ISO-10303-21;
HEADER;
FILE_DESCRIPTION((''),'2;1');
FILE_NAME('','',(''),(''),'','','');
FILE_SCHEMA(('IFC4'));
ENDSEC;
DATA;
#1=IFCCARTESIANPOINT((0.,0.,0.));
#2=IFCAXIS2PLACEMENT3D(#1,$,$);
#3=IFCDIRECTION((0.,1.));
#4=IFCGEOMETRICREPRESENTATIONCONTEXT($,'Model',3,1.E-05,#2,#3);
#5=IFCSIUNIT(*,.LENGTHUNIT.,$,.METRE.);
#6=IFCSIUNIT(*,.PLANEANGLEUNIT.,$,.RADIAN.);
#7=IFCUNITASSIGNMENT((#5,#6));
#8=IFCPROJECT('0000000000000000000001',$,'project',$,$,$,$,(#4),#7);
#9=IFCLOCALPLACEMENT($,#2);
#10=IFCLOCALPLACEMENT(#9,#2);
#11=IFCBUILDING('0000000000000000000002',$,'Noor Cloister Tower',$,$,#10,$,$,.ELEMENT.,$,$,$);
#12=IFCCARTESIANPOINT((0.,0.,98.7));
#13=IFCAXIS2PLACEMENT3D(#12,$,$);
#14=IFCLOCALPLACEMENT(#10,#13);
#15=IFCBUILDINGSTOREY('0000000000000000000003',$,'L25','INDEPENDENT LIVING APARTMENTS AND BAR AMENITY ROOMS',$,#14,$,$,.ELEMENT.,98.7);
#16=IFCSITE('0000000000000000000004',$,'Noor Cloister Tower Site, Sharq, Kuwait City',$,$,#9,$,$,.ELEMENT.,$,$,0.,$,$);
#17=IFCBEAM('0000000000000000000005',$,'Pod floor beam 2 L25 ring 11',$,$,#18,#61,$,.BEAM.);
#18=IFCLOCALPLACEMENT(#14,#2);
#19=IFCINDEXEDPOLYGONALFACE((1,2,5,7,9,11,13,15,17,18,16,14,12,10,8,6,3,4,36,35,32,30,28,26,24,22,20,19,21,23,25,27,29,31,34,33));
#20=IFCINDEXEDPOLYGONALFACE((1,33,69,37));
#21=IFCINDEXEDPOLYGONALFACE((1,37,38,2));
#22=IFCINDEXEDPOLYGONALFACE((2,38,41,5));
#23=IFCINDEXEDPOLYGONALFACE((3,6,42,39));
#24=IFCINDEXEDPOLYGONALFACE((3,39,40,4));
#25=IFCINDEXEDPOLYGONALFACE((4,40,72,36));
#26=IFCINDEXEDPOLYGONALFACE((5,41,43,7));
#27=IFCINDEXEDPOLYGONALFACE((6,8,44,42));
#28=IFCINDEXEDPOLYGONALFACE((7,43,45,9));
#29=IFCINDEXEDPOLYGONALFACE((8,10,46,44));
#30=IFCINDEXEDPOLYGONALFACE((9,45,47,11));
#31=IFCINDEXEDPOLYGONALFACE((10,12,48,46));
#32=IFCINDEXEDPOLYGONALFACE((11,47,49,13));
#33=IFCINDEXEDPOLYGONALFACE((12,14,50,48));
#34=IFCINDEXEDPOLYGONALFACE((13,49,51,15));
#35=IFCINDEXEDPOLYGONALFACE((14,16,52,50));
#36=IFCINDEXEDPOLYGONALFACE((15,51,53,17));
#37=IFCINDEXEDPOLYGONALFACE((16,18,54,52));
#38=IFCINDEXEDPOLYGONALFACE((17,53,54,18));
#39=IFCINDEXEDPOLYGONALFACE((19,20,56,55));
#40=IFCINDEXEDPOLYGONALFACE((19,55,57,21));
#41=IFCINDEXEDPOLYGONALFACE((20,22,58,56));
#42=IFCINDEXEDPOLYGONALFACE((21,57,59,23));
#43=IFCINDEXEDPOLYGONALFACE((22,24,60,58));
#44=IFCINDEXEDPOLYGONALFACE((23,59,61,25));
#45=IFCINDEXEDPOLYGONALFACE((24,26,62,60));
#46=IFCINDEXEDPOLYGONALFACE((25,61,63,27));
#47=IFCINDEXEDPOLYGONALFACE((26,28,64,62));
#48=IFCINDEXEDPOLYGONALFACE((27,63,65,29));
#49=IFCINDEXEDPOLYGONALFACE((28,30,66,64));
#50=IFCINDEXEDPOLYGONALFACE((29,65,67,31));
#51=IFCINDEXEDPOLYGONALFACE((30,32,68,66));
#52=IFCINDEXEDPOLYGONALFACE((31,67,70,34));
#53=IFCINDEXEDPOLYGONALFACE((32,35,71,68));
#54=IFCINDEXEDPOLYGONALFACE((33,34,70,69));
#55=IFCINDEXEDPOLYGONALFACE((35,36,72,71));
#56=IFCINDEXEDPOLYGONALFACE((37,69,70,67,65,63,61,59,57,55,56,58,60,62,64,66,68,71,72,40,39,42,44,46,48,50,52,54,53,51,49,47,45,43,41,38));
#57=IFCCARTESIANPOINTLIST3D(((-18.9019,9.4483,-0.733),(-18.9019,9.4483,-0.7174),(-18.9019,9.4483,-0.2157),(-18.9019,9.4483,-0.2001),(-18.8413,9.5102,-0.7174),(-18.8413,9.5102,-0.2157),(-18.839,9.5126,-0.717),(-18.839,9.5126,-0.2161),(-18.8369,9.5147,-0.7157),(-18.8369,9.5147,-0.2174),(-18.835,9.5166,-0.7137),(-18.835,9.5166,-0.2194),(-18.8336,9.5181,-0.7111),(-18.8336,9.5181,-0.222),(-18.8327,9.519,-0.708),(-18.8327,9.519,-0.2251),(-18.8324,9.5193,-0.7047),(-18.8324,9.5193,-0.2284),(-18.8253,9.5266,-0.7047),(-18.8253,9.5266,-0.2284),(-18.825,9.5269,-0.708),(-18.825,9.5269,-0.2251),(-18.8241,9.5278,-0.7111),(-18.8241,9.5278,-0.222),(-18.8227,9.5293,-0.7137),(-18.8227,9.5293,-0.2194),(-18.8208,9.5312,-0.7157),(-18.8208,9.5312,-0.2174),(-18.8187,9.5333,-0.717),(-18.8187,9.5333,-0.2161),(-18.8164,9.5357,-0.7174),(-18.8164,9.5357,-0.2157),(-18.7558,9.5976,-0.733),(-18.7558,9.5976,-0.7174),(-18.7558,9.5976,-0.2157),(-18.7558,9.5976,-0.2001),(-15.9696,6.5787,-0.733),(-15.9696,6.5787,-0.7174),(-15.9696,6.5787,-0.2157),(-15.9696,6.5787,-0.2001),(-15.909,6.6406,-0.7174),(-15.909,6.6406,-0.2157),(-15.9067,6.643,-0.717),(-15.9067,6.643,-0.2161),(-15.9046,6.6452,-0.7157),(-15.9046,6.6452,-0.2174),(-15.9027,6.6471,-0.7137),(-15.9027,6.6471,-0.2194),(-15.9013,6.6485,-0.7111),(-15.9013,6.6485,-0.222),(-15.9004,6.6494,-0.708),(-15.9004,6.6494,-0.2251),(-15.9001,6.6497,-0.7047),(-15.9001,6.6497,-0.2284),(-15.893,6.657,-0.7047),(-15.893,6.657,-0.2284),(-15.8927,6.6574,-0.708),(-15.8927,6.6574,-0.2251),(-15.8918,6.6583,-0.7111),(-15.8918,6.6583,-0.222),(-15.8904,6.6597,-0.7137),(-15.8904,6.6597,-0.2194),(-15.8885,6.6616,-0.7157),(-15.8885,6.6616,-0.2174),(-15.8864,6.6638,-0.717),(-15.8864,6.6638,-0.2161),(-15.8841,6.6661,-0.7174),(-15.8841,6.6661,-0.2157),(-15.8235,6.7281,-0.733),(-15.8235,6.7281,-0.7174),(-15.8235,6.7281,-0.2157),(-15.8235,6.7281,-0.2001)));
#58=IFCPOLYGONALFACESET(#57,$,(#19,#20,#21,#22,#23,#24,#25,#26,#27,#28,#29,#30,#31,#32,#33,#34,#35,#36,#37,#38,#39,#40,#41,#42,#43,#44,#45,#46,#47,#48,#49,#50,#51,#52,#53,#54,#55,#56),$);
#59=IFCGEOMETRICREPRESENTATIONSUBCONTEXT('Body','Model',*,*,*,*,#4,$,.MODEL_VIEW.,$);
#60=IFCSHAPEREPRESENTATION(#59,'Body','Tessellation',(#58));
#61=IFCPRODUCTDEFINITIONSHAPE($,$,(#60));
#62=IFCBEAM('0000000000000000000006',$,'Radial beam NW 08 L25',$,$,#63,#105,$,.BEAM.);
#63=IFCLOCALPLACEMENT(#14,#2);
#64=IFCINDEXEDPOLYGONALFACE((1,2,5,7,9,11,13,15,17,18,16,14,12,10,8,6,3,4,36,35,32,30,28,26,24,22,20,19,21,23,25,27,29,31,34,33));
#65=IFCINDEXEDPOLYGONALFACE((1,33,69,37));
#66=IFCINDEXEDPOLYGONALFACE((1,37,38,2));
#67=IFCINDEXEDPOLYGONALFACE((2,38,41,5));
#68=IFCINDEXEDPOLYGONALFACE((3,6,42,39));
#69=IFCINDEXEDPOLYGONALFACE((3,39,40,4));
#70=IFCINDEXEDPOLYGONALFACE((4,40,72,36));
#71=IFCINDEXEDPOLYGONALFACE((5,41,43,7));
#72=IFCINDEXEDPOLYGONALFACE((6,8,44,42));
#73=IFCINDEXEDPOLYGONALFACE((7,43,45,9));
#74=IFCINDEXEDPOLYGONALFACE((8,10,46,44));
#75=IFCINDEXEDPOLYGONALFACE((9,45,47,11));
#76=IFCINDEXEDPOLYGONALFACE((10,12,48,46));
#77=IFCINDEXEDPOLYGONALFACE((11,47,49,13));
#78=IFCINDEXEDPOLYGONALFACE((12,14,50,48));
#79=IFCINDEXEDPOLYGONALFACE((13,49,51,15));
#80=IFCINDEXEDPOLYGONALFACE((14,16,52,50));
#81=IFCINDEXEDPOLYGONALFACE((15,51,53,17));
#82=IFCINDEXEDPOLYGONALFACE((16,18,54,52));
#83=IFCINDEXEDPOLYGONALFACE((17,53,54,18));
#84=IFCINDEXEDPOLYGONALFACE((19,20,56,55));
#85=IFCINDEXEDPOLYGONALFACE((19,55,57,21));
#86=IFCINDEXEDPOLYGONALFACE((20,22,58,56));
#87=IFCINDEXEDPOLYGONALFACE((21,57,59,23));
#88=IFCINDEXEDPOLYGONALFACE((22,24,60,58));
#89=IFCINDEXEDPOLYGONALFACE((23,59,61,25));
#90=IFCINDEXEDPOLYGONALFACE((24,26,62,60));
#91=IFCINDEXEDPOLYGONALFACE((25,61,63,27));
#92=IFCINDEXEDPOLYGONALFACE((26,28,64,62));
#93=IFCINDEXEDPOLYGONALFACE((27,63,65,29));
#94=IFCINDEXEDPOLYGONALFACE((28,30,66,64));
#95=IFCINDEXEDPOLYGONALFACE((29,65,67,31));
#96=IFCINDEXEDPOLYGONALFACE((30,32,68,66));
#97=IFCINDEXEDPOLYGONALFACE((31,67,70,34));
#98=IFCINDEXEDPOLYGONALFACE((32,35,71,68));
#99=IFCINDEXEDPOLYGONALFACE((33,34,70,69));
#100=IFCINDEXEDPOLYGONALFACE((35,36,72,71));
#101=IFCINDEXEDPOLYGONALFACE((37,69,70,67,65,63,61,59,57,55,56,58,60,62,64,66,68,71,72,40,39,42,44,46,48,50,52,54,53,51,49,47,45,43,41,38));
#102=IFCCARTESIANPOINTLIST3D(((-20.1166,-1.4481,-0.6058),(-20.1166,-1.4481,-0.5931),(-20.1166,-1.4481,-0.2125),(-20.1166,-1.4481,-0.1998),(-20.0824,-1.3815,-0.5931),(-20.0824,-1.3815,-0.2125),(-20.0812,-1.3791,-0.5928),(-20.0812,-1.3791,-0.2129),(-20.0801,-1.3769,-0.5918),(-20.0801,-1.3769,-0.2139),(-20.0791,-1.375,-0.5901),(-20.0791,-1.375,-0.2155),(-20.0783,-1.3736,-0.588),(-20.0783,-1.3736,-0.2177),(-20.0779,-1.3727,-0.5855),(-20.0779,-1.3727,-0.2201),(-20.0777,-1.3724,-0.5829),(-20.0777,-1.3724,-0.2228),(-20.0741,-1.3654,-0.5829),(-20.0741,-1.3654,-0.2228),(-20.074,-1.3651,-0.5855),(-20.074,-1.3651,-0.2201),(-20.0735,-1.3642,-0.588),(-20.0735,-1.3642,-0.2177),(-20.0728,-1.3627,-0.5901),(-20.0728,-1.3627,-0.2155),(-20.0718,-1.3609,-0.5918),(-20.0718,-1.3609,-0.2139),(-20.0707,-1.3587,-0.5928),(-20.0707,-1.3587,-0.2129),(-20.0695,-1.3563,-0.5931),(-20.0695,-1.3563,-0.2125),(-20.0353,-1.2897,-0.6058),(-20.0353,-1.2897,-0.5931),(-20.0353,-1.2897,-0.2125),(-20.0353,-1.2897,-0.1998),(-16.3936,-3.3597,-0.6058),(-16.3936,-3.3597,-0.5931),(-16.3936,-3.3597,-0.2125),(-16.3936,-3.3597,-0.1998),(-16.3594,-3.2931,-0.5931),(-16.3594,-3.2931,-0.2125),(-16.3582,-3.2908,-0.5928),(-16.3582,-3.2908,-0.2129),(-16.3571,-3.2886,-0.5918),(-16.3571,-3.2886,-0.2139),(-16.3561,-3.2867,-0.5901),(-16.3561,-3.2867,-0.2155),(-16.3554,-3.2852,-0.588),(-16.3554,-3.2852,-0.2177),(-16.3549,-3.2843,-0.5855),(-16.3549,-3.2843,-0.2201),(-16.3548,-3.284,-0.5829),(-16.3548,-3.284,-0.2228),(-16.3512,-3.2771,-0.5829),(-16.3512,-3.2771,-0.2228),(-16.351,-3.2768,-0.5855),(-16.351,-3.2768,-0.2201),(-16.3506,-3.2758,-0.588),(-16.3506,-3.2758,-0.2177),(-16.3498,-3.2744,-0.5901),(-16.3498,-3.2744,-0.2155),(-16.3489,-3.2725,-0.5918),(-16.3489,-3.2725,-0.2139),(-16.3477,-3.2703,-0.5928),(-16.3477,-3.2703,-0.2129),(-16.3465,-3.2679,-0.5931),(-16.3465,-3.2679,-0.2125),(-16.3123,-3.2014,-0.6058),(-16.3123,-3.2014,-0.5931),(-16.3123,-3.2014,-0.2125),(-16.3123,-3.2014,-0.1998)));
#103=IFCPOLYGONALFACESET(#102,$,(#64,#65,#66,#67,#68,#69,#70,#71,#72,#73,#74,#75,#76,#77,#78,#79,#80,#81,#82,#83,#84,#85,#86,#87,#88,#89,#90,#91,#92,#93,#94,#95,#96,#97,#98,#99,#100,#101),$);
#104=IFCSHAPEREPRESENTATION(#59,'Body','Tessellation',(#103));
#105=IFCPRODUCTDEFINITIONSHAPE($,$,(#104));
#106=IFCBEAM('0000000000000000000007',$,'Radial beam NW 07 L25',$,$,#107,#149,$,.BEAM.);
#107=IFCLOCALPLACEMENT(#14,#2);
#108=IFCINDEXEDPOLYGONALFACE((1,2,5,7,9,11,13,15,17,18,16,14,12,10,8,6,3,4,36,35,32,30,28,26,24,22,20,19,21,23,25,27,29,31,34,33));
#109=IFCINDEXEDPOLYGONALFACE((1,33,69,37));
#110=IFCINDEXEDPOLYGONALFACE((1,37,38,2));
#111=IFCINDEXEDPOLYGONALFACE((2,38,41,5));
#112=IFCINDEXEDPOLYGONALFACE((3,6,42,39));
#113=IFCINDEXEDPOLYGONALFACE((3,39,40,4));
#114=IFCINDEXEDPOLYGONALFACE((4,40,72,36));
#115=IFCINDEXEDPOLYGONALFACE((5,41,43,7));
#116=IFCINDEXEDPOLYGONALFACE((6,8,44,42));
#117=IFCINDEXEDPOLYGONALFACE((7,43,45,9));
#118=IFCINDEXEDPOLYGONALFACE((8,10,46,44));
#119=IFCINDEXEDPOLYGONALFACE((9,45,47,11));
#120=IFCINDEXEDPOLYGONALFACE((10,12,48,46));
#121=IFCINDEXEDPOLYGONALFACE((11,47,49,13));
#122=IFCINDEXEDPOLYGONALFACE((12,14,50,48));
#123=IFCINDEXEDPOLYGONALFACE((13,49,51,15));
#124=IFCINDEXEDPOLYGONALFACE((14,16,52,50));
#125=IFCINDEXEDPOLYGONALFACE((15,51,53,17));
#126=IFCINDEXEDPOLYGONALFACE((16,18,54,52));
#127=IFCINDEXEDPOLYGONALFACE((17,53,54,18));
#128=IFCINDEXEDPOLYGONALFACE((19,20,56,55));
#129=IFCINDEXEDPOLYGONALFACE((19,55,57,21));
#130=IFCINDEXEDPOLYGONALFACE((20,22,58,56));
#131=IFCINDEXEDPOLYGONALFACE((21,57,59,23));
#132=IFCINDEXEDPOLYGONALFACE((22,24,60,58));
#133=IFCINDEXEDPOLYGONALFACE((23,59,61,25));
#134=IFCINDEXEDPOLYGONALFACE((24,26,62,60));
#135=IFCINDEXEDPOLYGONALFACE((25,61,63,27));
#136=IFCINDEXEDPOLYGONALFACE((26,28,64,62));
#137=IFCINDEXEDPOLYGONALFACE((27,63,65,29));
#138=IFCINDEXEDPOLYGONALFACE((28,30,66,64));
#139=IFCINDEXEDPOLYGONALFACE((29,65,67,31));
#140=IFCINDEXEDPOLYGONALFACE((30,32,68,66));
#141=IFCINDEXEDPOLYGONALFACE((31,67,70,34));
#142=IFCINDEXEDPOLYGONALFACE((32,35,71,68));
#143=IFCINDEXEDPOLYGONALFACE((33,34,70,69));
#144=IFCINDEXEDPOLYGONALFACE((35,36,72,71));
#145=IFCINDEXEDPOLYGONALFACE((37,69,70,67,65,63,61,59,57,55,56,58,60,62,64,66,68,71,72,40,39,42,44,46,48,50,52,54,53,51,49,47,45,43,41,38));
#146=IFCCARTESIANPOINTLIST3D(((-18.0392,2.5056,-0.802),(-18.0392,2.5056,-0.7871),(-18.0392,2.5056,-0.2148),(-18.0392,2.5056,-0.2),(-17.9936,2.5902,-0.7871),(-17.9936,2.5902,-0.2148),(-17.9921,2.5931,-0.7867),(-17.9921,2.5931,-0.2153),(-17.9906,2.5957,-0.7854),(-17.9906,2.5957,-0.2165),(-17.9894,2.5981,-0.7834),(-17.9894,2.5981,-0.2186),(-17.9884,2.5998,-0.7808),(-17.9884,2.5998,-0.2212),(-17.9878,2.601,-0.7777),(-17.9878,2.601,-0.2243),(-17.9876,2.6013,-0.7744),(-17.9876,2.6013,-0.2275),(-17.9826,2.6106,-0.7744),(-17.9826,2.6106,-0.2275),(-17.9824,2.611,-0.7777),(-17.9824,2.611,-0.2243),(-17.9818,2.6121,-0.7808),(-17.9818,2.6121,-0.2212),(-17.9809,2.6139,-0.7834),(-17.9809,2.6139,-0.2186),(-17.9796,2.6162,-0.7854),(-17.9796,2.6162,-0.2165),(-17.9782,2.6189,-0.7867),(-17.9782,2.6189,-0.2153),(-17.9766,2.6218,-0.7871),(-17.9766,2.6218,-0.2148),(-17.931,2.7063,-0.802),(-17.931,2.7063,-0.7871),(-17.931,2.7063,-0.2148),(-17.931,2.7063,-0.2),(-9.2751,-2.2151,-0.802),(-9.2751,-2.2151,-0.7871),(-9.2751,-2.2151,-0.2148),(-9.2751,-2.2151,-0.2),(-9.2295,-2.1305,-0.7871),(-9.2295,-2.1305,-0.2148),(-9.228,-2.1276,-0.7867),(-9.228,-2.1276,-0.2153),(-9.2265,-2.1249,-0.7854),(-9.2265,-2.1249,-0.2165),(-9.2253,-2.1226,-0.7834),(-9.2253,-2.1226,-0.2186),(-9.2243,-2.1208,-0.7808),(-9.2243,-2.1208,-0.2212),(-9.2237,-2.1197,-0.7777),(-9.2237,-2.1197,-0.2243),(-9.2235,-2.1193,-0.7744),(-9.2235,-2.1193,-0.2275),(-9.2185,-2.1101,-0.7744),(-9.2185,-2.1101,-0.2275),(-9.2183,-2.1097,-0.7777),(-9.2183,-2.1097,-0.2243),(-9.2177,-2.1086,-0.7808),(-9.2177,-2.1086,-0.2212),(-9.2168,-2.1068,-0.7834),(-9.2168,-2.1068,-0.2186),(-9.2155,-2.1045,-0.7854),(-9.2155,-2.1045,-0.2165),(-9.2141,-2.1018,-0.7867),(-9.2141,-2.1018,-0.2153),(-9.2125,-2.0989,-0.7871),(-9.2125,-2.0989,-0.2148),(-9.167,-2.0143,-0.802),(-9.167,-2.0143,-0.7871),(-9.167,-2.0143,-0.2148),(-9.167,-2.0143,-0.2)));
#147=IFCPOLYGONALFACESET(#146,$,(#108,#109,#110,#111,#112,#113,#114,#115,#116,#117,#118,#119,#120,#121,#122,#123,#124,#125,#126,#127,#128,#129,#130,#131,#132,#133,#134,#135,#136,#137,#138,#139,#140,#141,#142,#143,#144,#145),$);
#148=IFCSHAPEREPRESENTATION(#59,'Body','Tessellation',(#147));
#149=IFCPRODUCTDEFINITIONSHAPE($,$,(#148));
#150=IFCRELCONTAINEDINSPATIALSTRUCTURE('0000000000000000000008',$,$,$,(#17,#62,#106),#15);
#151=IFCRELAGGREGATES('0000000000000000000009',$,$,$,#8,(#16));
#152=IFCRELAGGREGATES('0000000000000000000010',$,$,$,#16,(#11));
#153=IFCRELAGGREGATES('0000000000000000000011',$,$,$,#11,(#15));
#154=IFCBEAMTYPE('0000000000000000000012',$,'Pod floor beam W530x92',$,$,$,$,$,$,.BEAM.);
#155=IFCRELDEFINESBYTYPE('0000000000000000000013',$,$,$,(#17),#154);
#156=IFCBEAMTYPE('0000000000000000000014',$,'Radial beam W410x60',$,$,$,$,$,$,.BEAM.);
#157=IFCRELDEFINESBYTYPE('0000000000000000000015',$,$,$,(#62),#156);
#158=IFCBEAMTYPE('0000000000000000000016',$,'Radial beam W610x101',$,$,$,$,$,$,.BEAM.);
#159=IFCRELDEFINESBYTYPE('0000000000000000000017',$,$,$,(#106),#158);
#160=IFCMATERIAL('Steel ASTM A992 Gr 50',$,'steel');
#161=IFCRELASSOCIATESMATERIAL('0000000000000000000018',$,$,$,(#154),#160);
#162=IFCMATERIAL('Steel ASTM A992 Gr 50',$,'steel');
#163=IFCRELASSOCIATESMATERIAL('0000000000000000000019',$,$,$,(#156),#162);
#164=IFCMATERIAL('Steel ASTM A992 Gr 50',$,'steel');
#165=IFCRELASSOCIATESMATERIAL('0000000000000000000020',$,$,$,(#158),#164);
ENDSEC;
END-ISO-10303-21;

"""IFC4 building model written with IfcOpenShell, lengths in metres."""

from ifc_helpers import new_model, si_unit, direction, frame, origin, origin_2d, place, context, subcontext, project, spatial, i_section, extrude, material, material_profile, profile_set, type_object, element, save


model = new_model("IFC4")

# Units and contexts
model_context = context("Model", 3, precision=1e-05, world=origin(), true_north=direction((0.0, 1.0)))
body_context = subcontext(model_context, "Body", "Model", "MODEL_VIEW")
ifc_project = project(units=[si_unit("LENGTHUNIT", "METRE"), si_unit("PLANEANGLEUNIT", "RADIAN")], contexts=[model_context])

# Site, building, storey
site_placement = place(None, origin())
site = spatial("IfcSite", under=ifc_project, at=site_placement, Name="Noor Cloister Tower Site, Sharq, Kuwait City", CompositionType="ELEMENT", RefElevation=0.0)
building_placement = place(site_placement, origin())
building = spatial("IfcBuilding", under=site, at=building_placement, Name="Noor Cloister Tower", CompositionType="ELEMENT")
storey_placement = place(building_placement, frame((0.0, 0.0, 98.7)))
storey = spatial("IfcBuildingStorey", under=building, at=storey_placement, Name="L25", Description="INDEPENDENT LIVING APARTMENTS AND BAR AMENITY ROOMS", CompositionType="ELEMENT", Elevation=98.7)

# Beams
ifc_material_1 = material(Name="Steel ASTM A992 Gr 50", Category="steel")
ifc_material_profile_1 = material_profile(ifc_material_1, i_section(OverallWidth=0.209, OverallDepth=0.533, WebThickness=0.0103, FlangeThickness=0.0156, FilletRadius=0.0127, at=origin_2d()), Name="W530x92")
ifc_profile_set_1 = profile_set([ifc_material_profile_1], Name="Steel ASTM A992 Gr 50")
beam_type_1 = type_object("IfcBeamType", Name="Pod floor beam W530x92", PredefinedType="BEAM", material=ifc_profile_set_1)
beam_1_placement = place(storey_placement, frame((-18.8289, 9.5229, -0.4666), z_axis=(0.714712, -0.699419, 0.0), x_axis=(0.699419, 0.714712, 0.0)))
element("IfcBeam", 1, at=beam_1_placement, inside=storey, type_object=beam_type_1, Name="Pod floor beam 2 L25 ring 11", PredefinedType="BEAM", context=body_context, shape_type="SweptSolid", body=[
    extrude(i_section(OverallWidth=0.209, OverallDepth=0.533, WebThickness=0.0103, FlangeThickness=0.0156, FilletRadius=0.0127, at=origin_2d()), origin(), (0.0, 0.0, 1.0), 4.1028),
])
ifc_material_2 = material(Name="Steel ASTM A992 Gr 50", Category="steel")
ifc_material_profile_2 = material_profile(ifc_material_2, i_section(OverallWidth=0.178, OverallDepth=0.406, WebThickness=0.0078, FlangeThickness=0.0127, FilletRadius=0.0103, at=origin_2d()), Name="W410x60")
ifc_profile_set_2 = profile_set([ifc_material_profile_2], Name="Steel ASTM A992 Gr 50")
beam_type_2 = type_object("IfcBeamType", Name="Radial beam W410x60", PredefinedType="BEAM", material=ifc_profile_set_2)
beam_2_placement = place(storey_placement, frame((-20.0759, -1.3689, -0.4028), z_axis=(0.88958, -0.456778, 0.0), x_axis=(0.456778, 0.88958, 0.0)))
element("IfcBeam", 2, at=beam_2_placement, inside=storey, type_object=beam_type_2, Name="Radial beam NW 08 L25", PredefinedType="BEAM", context=body_context, shape_type="SweptSolid", body=[
    extrude(i_section(OverallWidth=0.178, OverallDepth=0.406, WebThickness=0.0078, FlangeThickness=0.0127, FilletRadius=0.0103, at=origin_2d()), origin(), (0.0, 0.0, 1.0), 4.1851),
])
ifc_material_3 = material(Name="Steel ASTM A992 Gr 50", Category="steel")
ifc_material_profile_3 = material_profile(ifc_material_3, i_section(OverallWidth=0.228, OverallDepth=0.6021, WebThickness=0.0105, FlangeThickness=0.0149, FilletRadius=0.0127, at=origin_2d()), Name="W610x101")
ifc_profile_set_3 = profile_set([ifc_material_profile_3], Name="Steel ASTM A992 Gr 50")
beam_type_3 = type_object("IfcBeamType", Name="Radial beam W610x101", PredefinedType="BEAM", material=ifc_profile_set_3)
beam_3_placement = place(storey_placement, frame((-17.9851, 2.606, -0.501), z_axis=(0.880407, -0.47422, 0.0), x_axis=(0.47422, 0.880407, 0.0)))
element("IfcBeam", 3, at=beam_3_placement, inside=storey, type_object=beam_type_3, Name="Radial beam NW 07 L25", PredefinedType="BEAM", context=body_context, shape_type="SweptSolid", body=[
    extrude(i_section(OverallWidth=0.228, OverallDepth=0.6021, WebThickness=0.0105, FlangeThickness=0.0149, FilletRadius=0.0127, at=origin_2d()), origin(), (0.0, 0.0, 1.0), 9.9546),
])

save(model, "model.ifc")
